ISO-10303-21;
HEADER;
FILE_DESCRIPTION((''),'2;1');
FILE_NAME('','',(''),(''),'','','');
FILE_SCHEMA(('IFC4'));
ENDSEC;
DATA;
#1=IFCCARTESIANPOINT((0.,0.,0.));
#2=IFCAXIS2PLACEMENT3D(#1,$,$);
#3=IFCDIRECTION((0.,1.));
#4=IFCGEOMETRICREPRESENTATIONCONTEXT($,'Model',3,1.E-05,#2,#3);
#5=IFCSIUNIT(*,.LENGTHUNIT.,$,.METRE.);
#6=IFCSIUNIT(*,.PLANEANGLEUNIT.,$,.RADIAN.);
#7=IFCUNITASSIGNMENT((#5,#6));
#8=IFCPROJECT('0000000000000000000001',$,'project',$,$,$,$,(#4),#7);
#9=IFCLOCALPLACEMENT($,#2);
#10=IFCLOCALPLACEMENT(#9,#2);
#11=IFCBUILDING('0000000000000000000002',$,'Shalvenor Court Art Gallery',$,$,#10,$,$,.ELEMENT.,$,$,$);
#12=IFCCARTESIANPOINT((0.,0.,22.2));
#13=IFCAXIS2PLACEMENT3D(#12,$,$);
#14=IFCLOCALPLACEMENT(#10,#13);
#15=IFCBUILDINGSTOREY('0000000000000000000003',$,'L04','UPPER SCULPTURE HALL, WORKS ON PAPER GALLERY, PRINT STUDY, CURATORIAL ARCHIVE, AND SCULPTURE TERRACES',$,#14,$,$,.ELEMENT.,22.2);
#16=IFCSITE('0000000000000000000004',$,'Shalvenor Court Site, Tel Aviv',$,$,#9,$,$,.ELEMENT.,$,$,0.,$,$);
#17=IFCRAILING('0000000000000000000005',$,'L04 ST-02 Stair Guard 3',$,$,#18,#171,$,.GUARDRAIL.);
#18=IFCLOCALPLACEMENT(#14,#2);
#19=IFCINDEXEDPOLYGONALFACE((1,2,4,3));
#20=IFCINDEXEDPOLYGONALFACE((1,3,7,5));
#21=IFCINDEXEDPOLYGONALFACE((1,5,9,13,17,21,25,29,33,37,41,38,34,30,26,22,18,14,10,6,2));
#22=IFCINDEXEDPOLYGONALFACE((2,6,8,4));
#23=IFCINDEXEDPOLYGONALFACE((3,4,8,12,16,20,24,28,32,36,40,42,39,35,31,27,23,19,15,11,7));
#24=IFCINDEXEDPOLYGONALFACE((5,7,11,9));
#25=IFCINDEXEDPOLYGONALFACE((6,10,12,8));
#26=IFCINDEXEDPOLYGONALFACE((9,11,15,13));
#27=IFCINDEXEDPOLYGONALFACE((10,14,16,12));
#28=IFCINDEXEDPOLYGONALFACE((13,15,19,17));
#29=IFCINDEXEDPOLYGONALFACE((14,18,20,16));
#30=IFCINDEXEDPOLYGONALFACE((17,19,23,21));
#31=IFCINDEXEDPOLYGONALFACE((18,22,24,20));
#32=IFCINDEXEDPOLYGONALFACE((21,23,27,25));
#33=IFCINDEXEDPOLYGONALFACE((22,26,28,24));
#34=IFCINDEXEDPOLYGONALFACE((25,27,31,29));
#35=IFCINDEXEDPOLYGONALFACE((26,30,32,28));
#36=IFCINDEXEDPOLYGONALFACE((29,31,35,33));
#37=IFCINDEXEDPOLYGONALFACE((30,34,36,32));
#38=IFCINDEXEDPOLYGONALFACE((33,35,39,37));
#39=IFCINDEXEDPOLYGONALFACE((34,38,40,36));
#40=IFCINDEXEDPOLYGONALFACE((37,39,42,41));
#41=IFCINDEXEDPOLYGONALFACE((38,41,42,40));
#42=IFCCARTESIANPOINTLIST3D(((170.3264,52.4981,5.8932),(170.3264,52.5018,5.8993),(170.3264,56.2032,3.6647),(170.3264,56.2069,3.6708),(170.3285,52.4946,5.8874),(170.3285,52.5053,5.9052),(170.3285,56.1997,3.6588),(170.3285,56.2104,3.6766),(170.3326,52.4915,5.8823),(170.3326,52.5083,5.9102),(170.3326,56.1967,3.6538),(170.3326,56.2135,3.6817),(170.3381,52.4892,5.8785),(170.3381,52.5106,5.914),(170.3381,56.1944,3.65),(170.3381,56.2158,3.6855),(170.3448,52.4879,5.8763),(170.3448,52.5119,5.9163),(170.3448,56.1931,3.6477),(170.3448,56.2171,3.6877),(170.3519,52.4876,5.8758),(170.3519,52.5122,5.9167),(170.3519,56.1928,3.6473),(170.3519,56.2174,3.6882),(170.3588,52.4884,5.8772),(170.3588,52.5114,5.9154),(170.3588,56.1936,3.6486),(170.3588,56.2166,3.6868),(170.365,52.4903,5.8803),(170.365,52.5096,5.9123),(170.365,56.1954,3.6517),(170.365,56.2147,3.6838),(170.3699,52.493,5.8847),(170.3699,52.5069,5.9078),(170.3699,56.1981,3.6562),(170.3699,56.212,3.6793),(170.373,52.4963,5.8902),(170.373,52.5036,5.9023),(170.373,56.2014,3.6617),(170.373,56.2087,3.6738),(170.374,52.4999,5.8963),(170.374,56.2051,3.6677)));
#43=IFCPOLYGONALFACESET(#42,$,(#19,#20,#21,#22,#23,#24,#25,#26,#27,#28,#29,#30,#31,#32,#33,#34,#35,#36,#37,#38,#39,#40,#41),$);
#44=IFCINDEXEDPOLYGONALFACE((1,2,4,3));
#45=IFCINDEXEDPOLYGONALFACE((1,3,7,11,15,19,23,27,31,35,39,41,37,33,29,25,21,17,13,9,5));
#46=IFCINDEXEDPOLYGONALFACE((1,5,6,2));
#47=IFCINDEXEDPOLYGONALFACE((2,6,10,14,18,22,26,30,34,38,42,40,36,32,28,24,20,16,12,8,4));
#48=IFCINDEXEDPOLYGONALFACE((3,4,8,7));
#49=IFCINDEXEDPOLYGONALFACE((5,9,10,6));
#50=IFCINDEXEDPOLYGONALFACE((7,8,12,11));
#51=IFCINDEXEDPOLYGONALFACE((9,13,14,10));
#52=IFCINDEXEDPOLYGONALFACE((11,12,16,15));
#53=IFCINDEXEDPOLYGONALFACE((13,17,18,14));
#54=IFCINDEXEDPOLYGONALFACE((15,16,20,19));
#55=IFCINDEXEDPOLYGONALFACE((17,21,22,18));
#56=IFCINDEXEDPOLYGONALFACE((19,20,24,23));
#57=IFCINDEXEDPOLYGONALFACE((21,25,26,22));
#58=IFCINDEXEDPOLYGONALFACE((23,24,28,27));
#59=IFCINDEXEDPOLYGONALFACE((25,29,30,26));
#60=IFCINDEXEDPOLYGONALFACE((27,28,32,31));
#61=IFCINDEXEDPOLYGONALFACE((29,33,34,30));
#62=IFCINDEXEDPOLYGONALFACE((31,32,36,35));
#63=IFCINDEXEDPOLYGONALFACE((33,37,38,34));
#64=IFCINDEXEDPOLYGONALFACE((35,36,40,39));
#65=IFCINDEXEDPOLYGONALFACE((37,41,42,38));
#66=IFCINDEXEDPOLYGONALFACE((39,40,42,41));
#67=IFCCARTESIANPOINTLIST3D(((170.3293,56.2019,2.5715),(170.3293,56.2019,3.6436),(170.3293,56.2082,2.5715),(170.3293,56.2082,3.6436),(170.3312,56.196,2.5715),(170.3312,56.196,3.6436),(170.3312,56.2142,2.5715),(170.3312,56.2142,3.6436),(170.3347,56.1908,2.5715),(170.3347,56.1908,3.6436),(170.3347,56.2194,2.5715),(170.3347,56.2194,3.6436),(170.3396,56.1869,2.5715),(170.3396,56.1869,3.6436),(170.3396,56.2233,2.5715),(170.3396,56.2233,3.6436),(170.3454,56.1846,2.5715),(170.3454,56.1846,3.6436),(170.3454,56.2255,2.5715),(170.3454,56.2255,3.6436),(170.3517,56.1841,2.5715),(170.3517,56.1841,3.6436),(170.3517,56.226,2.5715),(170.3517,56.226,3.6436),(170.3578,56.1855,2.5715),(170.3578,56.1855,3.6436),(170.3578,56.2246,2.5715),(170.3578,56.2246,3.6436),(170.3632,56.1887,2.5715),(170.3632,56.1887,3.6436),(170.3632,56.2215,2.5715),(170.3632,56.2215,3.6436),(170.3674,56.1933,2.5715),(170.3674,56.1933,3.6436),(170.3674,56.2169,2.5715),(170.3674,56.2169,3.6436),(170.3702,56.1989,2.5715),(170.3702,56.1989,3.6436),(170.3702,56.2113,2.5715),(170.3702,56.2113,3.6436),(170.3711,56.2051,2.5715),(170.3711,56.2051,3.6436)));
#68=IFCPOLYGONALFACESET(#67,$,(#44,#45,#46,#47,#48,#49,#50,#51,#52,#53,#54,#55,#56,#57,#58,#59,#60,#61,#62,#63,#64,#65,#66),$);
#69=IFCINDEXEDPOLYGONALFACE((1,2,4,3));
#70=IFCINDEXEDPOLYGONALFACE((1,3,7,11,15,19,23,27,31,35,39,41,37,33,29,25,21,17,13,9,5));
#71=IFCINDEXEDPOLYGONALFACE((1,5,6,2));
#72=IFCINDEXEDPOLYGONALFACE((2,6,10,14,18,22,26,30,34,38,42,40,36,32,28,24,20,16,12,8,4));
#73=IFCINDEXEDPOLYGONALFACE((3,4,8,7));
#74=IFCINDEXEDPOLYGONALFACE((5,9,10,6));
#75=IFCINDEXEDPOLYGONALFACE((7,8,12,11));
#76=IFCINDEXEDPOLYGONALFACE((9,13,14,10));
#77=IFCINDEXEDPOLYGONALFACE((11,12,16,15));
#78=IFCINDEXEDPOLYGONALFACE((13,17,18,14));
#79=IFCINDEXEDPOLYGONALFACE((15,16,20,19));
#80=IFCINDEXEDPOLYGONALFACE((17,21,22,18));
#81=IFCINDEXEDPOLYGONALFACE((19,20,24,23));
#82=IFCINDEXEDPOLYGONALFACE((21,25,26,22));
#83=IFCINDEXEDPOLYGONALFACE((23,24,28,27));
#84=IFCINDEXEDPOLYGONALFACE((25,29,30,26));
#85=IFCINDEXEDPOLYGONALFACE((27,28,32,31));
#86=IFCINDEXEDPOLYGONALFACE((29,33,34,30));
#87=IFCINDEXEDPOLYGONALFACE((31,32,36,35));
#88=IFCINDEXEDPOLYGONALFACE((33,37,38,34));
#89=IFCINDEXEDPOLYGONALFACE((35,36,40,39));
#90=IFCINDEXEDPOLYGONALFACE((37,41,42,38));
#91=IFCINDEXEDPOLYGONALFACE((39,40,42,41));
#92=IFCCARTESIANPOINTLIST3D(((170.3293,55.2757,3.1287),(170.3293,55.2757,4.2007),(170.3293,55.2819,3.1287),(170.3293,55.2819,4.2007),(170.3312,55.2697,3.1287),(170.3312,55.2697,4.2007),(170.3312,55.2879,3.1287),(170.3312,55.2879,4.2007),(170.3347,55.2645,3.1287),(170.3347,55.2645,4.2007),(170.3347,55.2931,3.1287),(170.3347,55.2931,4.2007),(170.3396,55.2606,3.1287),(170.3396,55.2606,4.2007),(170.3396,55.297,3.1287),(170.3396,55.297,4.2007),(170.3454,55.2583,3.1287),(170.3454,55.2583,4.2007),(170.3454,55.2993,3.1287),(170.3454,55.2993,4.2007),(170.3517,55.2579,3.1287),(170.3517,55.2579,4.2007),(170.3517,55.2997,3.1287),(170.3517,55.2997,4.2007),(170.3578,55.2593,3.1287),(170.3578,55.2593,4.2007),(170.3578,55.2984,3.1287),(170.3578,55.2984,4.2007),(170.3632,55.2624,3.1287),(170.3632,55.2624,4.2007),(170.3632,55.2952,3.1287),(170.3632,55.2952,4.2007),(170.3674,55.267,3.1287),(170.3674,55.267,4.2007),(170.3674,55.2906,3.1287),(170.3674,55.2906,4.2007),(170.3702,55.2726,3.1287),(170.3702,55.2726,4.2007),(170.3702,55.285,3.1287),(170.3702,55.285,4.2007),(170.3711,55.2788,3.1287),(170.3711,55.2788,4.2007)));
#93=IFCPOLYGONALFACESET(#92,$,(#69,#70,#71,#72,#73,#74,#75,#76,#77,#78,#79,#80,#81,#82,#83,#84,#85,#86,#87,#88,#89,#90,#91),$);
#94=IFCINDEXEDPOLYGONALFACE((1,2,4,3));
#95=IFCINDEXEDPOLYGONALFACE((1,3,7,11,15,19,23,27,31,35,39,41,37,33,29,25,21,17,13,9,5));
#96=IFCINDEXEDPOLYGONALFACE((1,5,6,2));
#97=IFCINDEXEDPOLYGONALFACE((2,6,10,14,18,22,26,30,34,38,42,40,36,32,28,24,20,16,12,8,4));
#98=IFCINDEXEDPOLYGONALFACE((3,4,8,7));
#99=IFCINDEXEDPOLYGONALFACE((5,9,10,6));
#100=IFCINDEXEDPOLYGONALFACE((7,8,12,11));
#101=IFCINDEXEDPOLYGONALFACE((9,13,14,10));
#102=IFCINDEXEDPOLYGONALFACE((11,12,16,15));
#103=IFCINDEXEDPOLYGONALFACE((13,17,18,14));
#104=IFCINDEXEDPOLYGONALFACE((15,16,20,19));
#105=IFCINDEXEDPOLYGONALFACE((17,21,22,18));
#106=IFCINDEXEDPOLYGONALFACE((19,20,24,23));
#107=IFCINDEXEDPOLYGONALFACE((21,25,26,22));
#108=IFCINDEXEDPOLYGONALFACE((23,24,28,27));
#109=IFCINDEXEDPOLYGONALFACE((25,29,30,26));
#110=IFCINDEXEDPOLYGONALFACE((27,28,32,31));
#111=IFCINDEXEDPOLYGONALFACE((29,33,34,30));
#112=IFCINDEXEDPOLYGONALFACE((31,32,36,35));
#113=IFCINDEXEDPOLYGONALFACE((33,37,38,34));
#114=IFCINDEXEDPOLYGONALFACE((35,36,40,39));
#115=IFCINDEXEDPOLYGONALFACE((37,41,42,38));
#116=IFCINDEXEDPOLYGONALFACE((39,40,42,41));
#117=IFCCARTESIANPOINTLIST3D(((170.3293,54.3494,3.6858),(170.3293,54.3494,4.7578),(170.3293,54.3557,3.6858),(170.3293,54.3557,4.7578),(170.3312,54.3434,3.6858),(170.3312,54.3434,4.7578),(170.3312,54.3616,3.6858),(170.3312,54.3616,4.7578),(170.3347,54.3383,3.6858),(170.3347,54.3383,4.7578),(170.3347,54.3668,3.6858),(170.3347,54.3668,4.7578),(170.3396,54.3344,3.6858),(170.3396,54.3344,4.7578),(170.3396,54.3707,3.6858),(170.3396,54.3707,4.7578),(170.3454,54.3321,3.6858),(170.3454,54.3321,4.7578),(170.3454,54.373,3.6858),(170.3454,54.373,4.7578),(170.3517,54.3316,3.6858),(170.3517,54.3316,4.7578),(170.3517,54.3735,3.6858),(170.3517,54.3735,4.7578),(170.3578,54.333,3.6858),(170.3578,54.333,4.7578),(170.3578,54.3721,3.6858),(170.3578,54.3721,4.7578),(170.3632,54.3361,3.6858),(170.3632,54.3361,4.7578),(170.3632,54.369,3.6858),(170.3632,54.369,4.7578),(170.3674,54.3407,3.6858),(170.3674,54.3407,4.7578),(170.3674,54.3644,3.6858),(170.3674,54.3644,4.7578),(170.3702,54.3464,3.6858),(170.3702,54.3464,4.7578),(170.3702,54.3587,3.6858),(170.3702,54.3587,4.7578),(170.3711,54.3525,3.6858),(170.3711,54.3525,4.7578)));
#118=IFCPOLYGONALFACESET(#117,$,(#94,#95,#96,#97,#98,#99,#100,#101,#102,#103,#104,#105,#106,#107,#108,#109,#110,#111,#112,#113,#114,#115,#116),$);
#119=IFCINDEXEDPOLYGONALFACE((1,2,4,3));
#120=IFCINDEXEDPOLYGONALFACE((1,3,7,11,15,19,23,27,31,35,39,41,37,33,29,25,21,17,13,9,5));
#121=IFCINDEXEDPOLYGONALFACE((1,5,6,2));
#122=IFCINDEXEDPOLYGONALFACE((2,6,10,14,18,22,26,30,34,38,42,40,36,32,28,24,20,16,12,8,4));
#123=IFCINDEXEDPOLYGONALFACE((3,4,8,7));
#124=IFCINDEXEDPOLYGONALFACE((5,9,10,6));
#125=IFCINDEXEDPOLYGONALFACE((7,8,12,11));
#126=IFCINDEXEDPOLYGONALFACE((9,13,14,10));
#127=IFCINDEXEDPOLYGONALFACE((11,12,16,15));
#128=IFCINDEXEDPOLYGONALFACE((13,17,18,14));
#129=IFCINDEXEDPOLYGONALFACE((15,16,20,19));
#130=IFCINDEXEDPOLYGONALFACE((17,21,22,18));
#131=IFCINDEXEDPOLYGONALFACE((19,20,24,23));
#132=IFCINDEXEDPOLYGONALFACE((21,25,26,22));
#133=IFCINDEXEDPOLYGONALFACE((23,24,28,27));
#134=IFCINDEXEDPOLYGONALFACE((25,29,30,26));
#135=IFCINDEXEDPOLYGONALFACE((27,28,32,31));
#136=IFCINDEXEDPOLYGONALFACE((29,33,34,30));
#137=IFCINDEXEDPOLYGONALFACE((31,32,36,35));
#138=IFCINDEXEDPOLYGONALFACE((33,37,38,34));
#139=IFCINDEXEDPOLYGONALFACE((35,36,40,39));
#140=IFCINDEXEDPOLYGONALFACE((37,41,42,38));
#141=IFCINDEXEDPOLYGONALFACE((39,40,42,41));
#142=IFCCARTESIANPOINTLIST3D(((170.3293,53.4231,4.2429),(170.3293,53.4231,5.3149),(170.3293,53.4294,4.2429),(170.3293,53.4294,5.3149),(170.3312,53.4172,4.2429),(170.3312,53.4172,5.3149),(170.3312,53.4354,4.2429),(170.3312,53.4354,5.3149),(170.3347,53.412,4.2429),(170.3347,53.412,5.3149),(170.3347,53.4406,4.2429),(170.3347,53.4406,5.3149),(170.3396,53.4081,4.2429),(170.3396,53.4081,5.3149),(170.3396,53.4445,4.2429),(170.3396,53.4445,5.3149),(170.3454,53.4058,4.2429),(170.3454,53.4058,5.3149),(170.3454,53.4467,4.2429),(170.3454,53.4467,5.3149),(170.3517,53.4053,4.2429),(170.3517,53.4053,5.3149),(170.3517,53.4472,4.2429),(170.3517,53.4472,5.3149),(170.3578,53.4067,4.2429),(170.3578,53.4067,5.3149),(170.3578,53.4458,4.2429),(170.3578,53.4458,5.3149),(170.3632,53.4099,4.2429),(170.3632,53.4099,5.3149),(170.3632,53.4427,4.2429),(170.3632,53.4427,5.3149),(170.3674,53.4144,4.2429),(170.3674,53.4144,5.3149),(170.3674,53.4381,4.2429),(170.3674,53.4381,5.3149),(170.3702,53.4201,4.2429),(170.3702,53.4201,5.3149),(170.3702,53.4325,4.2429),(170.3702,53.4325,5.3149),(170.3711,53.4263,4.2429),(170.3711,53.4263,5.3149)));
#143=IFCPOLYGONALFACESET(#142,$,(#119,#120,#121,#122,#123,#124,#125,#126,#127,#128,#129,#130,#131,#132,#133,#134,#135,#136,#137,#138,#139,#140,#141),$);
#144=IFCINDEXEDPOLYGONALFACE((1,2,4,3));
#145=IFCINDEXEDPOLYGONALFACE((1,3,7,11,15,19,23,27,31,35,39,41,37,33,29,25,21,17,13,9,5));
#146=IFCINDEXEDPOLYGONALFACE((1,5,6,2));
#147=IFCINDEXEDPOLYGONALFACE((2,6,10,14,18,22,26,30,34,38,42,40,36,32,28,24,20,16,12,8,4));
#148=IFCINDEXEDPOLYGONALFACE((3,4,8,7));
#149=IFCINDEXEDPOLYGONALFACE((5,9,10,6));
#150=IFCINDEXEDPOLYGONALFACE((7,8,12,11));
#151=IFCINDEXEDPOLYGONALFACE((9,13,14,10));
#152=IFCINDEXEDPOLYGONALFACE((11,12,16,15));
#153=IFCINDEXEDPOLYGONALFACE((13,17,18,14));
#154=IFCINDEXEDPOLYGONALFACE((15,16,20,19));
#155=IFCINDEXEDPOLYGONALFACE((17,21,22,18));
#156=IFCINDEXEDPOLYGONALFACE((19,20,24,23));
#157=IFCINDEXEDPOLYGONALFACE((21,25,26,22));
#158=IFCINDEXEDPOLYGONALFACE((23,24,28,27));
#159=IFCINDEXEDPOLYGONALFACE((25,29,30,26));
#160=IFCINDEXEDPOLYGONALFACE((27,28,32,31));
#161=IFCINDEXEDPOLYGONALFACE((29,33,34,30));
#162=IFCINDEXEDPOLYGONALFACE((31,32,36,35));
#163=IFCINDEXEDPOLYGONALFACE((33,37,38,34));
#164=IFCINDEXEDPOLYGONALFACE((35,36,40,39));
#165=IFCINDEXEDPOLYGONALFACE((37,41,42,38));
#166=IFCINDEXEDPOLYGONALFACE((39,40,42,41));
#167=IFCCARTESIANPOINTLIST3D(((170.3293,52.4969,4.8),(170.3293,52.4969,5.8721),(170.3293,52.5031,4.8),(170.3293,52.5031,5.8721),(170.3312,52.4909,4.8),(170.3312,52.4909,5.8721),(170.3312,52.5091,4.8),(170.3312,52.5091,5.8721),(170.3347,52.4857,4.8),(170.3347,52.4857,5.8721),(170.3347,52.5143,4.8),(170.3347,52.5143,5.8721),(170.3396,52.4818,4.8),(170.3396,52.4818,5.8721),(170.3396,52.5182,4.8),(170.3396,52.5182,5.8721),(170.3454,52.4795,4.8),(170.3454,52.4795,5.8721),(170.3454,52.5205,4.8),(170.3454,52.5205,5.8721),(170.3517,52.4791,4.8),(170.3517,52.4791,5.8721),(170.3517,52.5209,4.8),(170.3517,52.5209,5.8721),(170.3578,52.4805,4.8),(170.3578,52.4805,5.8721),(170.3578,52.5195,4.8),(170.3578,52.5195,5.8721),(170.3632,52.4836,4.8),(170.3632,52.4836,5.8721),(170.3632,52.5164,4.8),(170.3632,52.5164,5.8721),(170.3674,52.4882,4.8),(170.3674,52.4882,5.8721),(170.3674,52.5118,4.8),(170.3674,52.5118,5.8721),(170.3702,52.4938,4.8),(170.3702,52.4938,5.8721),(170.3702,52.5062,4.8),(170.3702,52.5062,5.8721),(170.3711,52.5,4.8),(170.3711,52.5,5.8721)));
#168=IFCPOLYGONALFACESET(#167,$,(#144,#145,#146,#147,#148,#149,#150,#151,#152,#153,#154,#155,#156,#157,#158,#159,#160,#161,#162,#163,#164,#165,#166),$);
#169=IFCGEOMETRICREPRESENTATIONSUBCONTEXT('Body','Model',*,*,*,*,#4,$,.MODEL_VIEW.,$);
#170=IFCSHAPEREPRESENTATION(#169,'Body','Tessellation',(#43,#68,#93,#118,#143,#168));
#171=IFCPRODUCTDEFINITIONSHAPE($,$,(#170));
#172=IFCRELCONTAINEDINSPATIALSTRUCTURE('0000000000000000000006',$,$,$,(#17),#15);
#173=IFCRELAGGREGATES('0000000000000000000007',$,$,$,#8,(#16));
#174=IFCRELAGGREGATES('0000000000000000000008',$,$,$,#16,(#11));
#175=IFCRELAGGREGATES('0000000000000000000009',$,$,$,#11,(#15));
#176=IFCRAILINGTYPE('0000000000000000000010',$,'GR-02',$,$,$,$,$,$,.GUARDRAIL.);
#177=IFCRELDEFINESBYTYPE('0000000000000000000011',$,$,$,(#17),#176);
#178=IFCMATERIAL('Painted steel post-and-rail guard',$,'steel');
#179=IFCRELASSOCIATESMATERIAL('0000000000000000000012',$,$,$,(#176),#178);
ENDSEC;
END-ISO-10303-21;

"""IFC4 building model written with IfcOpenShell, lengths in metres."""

from ifc_helpers import new_model, si_unit, direction, frame, origin, origin_2d, place, context, subcontext, project, spatial, circle, extrude, material, type_object, element, save


model = new_model("IFC4")

# Units and contexts
model_context = context("Model", 3, precision=1e-05, world=origin(), true_north=direction((0.0, 1.0)))
body_context = subcontext(model_context, "Body", "Model", "MODEL_VIEW")
ifc_project = project(units=[si_unit("LENGTHUNIT", "METRE"), si_unit("PLANEANGLEUNIT", "RADIAN")], contexts=[model_context])

# Site, building, storey
site_placement = place(None, origin())
site = spatial("IfcSite", under=ifc_project, at=site_placement, Name="Shalvenor Court Site, Tel Aviv", CompositionType="ELEMENT", RefElevation=0.0)
building_placement = place(site_placement, origin())
building = spatial("IfcBuilding", under=site, at=building_placement, Name="Shalvenor Court Art Gallery", CompositionType="ELEMENT")
storey_placement = place(building_placement, frame((0.0, 0.0, 22.2)))
storey = spatial("IfcBuildingStorey", under=building, at=storey_placement, Name="L04", Description="UPPER SCULPTURE HALL, WORKS ON PAPER GALLERY, PRINT STUDY, CURATORIAL ARCHIVE, AND SCULPTURE TERRACES", CompositionType="ELEMENT", Elevation=22.2)

# Railing
ifc_material_1 = material(Name="Painted steel post-and-rail guard", Category="steel")
railing_type_1 = type_object("IfcRailingType", Name="GR-02", PredefinedType="GUARDRAIL", material=ifc_material_1)
railing_1_placement = place(storey_placement, frame((170.3501, 56.2051, 2.5715)))
element("IfcRailing", 1, at=railing_1_placement, inside=storey, type_object=railing_type_1, Name="L04 ST-02 Stair Guard 3", PredefinedType="GUARDRAIL", context=body_context, shape_type="SweptSolid", body=[
    extrude(circle(Radius=0.0239, at=origin_2d()), frame((0.0, 0.0, 1.0962), z_axis=(0.0, -0.856934, 0.515425), x_axis=(1.0, 0.0, 0.0)), (0.0, 0.0, 1.0), 4.3237),
    extrude(circle(Radius=0.021, at=origin_2d()), origin(), (0.0, 0.0, 1.0), 1.072),
    extrude(circle(Radius=0.021, at=origin_2d()), frame((0.0, -0.9263, 0.5571)), (0.0, 0.0, 1.0), 1.072),
    extrude(circle(Radius=0.021, at=origin_2d()), frame((0.0, -1.8525, 1.1143)), (0.0, 0.0, 1.0), 1.072),
    extrude(circle(Radius=0.021, at=origin_2d()), frame((0.0, -2.7788, 1.6714)), (0.0, 0.0, 1.0), 1.072),
    extrude(circle(Radius=0.021, at=origin_2d()), frame((0.0, -3.7051, 2.2285)), (0.0, 0.0, 1.0), 1.072),
])

save(model, "model.ifc")
